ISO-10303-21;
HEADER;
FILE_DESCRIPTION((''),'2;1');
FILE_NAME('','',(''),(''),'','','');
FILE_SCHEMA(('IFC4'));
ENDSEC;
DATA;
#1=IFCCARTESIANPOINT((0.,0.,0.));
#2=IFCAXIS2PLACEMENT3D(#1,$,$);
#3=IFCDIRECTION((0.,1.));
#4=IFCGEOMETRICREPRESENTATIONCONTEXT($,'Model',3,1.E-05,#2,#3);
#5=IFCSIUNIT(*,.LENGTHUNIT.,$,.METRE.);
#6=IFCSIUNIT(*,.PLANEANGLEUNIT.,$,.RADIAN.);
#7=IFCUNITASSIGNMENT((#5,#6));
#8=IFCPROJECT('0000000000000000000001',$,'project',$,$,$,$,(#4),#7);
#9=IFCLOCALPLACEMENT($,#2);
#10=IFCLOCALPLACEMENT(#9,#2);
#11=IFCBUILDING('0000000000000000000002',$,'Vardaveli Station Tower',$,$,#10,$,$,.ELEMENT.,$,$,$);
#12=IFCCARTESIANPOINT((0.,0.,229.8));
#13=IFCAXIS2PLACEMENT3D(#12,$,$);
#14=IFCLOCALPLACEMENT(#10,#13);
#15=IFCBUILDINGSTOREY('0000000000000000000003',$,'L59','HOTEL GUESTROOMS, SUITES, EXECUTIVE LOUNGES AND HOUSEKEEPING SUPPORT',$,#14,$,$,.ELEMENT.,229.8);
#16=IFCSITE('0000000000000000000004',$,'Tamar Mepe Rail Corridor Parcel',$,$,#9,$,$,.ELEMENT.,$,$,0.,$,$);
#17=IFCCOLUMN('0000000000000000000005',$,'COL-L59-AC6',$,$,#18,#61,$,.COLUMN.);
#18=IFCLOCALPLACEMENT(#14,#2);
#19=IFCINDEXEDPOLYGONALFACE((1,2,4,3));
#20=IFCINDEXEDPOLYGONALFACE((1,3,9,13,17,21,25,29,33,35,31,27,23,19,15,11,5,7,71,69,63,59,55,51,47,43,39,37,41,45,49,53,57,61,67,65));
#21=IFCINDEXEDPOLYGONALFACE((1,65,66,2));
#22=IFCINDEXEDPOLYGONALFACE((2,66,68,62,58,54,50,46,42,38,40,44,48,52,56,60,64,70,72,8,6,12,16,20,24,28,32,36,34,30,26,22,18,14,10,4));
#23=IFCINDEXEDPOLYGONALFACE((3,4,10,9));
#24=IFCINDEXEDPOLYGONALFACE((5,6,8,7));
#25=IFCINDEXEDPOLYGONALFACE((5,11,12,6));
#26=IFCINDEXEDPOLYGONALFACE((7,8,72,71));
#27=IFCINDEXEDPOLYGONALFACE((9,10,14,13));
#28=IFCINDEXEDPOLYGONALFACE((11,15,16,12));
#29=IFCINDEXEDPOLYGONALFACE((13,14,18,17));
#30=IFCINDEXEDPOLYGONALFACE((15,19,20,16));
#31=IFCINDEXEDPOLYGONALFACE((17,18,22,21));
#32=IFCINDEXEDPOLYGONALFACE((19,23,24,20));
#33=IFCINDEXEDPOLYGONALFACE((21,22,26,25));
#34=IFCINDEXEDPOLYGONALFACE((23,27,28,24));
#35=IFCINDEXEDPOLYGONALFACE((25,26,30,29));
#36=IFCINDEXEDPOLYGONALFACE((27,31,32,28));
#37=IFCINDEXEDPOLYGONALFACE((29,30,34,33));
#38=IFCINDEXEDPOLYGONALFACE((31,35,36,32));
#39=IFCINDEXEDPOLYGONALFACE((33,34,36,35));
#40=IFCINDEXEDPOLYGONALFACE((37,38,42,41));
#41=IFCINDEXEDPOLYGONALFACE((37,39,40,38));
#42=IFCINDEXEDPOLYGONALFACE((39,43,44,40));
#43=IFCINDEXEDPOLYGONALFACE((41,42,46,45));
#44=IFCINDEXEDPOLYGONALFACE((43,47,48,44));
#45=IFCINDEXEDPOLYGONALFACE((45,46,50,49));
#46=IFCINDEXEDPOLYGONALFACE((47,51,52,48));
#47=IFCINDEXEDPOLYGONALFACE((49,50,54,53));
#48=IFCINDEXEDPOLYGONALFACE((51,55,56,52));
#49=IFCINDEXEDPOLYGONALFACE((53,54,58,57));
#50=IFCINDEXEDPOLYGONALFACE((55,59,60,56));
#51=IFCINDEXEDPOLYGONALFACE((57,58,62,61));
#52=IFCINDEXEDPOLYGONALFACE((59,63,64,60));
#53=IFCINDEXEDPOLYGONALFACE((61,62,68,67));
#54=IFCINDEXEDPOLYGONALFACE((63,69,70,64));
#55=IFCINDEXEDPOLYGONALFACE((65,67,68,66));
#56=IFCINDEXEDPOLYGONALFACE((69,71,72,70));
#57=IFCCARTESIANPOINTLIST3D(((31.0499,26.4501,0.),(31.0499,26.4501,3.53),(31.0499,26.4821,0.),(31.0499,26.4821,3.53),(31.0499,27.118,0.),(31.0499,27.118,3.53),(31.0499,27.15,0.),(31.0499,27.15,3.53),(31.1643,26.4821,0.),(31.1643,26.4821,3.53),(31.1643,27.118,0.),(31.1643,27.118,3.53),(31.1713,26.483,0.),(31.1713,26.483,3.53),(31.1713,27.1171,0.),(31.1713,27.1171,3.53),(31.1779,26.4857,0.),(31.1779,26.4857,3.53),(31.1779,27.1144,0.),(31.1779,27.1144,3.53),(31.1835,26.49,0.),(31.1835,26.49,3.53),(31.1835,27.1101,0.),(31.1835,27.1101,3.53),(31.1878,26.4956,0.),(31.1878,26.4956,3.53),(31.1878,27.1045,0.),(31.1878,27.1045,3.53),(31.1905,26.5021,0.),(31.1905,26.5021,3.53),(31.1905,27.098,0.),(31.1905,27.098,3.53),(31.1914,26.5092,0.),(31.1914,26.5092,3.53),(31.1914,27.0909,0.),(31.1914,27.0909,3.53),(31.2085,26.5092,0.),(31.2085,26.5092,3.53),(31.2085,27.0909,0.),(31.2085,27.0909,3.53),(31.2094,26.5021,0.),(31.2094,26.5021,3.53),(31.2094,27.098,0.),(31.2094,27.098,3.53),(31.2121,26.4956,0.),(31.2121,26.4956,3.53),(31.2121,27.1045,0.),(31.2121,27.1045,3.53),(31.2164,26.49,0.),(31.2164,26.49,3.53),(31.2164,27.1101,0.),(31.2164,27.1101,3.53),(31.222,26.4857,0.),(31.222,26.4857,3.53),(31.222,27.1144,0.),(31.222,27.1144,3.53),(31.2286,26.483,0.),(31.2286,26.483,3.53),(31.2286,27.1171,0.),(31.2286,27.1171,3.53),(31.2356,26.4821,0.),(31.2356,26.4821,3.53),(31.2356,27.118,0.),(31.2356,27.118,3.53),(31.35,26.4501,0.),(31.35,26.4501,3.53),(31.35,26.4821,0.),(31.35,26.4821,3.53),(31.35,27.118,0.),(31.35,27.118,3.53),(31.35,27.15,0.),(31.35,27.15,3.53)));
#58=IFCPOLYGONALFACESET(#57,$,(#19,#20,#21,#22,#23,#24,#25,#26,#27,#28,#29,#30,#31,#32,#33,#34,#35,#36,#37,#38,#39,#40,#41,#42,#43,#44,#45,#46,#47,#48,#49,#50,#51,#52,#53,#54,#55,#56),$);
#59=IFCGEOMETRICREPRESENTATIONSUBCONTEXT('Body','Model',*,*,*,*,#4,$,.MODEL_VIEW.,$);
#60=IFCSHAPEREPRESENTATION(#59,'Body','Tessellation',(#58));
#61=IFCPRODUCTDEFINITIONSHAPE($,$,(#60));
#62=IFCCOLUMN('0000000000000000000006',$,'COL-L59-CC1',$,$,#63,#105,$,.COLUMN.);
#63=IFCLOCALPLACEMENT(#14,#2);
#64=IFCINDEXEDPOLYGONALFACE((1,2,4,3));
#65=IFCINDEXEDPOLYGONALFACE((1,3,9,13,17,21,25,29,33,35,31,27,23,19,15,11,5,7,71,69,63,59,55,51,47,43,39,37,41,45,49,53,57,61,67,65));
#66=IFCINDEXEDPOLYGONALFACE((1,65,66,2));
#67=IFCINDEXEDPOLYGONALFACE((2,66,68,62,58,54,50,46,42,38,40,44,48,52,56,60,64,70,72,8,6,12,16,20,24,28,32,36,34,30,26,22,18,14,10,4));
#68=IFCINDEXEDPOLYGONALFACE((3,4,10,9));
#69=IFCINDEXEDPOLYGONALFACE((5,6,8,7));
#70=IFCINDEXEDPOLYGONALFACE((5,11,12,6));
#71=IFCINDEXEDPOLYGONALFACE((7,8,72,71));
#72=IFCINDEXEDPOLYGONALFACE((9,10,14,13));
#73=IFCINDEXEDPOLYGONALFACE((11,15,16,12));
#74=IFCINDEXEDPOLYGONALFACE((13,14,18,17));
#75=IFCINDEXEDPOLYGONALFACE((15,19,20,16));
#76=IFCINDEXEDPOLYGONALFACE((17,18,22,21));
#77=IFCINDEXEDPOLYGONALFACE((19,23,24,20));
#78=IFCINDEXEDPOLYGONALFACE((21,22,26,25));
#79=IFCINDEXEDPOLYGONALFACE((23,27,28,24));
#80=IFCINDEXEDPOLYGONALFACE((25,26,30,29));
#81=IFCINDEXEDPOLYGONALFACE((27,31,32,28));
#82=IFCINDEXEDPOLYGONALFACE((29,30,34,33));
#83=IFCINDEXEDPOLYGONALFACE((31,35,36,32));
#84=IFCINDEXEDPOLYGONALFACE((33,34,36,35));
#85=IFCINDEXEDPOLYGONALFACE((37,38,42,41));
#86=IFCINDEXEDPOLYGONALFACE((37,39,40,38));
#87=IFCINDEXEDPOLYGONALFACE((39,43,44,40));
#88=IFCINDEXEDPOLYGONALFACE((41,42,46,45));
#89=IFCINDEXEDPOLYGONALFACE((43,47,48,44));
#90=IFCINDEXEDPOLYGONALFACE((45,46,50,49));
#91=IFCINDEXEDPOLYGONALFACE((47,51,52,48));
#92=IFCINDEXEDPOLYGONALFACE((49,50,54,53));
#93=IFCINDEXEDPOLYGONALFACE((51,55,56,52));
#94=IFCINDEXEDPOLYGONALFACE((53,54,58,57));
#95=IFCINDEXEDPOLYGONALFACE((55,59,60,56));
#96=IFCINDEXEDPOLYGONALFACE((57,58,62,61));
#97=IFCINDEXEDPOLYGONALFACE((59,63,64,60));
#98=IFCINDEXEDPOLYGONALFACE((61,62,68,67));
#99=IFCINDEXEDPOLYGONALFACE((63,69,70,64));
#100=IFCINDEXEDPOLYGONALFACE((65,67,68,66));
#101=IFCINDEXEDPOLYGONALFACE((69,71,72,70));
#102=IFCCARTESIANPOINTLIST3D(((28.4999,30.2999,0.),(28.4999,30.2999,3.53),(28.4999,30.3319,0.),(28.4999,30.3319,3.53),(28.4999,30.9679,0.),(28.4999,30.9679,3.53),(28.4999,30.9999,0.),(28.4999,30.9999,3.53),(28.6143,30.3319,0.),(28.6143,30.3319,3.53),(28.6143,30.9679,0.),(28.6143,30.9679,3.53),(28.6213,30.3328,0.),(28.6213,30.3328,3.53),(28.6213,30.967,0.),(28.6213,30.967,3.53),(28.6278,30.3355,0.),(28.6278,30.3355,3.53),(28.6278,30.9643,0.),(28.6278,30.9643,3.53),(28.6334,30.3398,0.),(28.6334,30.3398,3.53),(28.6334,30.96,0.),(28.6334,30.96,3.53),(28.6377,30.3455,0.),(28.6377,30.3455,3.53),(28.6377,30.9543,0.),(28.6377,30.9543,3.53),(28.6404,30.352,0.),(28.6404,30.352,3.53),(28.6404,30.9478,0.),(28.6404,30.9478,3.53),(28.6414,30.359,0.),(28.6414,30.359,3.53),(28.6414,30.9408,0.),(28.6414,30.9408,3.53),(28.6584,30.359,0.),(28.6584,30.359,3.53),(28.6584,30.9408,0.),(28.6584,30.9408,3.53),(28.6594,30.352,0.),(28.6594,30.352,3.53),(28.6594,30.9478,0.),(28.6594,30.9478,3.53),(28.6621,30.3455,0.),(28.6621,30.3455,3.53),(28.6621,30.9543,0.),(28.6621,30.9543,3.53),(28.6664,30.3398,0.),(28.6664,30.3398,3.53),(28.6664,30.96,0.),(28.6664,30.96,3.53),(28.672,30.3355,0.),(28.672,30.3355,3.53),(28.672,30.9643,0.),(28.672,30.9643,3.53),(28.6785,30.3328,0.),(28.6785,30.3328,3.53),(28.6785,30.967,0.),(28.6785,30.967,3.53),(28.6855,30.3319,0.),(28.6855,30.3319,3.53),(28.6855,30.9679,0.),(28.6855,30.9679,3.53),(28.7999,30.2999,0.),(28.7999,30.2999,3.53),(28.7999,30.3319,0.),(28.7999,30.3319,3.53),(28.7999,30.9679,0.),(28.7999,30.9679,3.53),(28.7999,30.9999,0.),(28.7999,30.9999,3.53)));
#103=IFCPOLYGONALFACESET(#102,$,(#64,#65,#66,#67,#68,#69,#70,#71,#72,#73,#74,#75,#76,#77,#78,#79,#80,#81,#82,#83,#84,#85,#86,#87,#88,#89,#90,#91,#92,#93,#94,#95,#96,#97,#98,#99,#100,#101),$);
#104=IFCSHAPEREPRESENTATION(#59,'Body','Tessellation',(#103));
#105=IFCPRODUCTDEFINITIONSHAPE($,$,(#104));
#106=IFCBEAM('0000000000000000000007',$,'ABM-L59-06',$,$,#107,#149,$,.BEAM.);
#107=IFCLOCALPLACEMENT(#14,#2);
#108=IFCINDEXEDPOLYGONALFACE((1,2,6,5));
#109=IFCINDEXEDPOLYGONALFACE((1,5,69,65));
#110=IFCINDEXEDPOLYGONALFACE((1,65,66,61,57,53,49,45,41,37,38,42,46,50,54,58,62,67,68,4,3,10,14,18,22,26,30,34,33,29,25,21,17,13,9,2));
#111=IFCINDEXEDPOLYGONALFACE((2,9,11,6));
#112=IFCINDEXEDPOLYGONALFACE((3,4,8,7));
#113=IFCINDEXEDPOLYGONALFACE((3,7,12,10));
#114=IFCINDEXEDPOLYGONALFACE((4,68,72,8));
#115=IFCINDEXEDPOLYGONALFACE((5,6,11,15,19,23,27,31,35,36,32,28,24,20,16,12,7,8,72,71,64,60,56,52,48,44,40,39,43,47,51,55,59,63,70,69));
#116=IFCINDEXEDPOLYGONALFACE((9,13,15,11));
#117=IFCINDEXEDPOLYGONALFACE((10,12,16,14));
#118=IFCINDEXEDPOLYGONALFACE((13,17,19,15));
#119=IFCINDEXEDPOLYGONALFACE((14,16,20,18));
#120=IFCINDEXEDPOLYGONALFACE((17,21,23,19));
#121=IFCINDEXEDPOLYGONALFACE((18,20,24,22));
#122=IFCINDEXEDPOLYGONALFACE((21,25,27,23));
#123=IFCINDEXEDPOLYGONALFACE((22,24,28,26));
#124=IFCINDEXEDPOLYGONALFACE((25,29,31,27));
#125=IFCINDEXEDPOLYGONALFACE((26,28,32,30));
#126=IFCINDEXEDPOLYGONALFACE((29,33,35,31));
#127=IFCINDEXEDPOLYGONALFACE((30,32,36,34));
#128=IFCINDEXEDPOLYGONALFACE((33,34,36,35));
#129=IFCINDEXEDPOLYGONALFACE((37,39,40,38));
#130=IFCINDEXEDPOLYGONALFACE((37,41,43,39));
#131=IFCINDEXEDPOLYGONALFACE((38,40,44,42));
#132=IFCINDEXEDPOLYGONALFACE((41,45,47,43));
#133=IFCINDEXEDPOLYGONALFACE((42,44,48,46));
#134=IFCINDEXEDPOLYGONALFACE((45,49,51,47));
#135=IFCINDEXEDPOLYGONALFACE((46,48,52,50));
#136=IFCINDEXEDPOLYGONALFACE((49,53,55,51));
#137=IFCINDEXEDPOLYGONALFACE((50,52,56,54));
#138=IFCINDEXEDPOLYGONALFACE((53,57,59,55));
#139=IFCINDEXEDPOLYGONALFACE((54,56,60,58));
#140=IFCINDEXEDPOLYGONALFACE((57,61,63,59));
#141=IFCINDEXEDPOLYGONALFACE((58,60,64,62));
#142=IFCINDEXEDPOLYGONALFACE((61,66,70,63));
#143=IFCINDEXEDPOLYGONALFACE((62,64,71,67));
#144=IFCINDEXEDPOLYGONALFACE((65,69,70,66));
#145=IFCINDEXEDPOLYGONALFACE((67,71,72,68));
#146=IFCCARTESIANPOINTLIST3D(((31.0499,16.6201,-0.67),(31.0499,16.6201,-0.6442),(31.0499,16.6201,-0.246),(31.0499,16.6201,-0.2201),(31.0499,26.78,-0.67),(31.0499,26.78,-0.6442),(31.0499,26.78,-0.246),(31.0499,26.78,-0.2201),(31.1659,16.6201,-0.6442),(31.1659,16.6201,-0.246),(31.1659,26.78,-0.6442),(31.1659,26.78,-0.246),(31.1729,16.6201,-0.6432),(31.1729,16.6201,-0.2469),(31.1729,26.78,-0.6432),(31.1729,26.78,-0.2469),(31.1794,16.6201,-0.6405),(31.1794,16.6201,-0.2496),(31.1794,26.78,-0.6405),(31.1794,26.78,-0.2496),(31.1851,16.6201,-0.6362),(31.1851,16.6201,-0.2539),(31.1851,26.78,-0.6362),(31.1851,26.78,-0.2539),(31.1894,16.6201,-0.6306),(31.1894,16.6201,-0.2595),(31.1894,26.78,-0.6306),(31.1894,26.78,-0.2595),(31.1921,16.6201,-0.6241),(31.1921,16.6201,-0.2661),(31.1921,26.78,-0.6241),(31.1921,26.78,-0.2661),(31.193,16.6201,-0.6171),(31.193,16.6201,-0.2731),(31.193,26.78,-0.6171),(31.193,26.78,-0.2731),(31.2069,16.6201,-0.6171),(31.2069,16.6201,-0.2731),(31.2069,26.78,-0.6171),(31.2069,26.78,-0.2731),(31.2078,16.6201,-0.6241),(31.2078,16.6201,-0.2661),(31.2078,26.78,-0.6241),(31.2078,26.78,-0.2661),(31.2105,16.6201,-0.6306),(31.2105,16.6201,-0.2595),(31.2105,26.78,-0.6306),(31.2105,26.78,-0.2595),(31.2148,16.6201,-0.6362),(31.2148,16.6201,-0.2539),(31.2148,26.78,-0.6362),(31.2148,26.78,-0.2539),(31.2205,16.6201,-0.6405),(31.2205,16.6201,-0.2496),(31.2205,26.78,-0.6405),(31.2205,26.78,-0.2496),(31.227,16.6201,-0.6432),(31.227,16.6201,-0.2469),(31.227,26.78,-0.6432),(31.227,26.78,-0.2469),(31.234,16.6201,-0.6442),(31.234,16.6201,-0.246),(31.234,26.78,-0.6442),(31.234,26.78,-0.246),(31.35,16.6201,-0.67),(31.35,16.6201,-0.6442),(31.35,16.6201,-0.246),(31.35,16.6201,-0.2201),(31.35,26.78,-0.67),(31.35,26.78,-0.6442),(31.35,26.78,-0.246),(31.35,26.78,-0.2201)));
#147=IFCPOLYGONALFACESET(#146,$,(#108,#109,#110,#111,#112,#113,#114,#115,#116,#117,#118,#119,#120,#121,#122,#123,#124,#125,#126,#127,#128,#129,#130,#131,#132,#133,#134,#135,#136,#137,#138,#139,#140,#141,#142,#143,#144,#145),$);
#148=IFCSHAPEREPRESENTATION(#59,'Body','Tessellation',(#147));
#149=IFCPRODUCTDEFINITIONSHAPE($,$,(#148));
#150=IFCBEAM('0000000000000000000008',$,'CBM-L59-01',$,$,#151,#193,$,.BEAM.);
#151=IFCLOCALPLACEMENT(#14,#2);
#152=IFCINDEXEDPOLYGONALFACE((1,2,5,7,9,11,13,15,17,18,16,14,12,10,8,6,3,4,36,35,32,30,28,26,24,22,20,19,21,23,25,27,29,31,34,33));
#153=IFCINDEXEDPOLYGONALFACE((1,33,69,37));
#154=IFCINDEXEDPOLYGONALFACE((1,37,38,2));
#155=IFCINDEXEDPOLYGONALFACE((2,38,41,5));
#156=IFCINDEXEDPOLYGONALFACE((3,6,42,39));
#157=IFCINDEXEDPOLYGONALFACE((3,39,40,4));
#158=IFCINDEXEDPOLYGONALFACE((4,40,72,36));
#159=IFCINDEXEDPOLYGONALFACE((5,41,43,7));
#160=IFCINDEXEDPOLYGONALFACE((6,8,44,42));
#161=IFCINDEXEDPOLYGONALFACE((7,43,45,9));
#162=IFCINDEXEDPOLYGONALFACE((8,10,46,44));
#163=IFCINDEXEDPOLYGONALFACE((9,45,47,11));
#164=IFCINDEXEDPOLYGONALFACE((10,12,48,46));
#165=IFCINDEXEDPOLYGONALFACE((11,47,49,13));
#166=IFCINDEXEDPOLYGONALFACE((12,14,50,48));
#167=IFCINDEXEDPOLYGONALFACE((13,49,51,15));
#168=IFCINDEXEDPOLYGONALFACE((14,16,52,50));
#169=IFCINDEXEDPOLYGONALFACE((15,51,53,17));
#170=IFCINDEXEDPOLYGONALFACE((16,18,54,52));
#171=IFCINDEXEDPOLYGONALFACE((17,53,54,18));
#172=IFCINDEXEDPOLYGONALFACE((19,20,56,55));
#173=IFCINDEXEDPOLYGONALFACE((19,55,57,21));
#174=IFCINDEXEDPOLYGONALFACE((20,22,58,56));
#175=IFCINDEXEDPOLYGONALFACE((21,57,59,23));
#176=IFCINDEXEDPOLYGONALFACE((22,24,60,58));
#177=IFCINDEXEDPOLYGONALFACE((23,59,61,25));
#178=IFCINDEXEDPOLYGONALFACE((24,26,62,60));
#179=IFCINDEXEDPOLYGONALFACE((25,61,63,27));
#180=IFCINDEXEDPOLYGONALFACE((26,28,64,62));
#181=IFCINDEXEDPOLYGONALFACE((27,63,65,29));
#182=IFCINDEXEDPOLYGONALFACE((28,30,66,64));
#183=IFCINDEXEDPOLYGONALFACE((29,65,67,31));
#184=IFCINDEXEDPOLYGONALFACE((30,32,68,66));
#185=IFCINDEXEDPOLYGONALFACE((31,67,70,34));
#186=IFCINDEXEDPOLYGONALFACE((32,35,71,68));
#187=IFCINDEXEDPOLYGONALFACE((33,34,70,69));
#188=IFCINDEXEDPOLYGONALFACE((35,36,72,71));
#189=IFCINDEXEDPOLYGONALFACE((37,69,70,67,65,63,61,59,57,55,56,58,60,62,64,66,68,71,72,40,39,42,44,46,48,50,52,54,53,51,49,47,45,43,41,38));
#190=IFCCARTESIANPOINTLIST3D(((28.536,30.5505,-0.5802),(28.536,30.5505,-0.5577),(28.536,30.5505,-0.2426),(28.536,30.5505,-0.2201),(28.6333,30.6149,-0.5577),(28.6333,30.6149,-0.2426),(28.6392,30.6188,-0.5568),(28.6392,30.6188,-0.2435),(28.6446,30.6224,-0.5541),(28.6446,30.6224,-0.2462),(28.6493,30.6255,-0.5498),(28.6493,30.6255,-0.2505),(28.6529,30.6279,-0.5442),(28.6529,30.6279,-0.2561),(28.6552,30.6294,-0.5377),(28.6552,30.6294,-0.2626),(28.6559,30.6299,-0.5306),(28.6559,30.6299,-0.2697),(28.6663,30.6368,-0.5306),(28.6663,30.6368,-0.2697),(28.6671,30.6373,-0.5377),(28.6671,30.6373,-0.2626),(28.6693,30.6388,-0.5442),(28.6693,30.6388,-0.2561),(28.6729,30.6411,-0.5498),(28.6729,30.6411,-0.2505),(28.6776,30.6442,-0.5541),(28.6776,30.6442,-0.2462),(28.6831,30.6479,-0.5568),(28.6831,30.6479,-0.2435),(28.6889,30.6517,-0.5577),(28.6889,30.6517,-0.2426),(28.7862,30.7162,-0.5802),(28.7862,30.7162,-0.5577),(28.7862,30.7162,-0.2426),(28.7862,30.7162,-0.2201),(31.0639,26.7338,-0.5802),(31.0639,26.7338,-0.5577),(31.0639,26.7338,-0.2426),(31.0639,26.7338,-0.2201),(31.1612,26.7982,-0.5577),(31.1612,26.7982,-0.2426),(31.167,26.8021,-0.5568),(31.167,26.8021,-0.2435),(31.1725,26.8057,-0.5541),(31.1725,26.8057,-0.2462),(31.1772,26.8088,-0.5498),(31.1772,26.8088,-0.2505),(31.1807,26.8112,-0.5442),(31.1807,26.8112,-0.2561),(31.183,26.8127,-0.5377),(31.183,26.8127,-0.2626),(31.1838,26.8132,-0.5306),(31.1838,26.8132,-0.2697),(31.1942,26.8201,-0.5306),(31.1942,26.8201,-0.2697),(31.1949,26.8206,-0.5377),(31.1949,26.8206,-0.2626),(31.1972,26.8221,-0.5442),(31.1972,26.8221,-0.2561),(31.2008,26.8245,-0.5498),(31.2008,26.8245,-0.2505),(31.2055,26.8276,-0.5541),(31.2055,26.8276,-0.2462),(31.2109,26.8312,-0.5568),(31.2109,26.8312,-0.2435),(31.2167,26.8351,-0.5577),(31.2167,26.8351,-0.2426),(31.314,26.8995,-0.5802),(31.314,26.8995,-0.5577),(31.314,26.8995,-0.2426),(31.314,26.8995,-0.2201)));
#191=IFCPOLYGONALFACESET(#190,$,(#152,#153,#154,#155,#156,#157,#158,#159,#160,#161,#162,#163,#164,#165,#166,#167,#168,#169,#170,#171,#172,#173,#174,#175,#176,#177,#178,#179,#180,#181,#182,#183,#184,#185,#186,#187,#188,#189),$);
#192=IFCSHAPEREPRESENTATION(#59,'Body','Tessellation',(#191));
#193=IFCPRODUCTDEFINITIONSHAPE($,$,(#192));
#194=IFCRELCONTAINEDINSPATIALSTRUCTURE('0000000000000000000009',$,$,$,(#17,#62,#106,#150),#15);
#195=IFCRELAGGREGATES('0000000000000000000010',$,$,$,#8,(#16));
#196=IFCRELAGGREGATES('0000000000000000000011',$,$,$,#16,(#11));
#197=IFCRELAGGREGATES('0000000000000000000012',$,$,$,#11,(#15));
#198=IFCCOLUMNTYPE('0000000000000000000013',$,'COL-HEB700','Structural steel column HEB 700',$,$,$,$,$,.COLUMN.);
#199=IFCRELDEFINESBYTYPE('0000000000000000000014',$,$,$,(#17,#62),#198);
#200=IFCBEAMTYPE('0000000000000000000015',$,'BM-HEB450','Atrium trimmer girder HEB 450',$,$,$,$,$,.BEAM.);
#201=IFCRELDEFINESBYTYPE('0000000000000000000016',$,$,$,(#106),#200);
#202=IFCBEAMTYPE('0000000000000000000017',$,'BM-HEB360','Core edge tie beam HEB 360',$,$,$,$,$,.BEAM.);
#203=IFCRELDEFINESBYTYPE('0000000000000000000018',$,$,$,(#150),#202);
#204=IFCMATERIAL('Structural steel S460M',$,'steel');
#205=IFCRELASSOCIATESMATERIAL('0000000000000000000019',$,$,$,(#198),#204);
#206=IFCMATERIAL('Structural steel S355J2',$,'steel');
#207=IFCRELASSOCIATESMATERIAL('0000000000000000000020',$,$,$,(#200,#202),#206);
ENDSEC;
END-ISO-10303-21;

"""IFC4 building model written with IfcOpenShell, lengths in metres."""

from ifc_helpers import new_model, si_unit, direction, frame, origin, origin_2d, place, context, subcontext, project, spatial, i_section, extrude, source, transform, mapped, material, material_profile, profile_set, type_object, element, save


model = new_model("IFC4")

# Units and contexts
model_context = context("Model", 3, precision=1e-05, world=origin(), true_north=direction((0.0, 1.0)))
body_context = subcontext(model_context, "Body", "Model", "MODEL_VIEW")
ifc_project = project(units=[si_unit("LENGTHUNIT", "METRE"), si_unit("PLANEANGLEUNIT", "RADIAN")], contexts=[model_context])

# Site, building, storey
site_placement = place(None, origin())
site = spatial("IfcSite", under=ifc_project, at=site_placement, Name="Tamar Mepe Rail Corridor Parcel", CompositionType="ELEMENT", RefElevation=0.0)
building_placement = place(site_placement, origin())
building = spatial("IfcBuilding", under=site, at=building_placement, Name="Vardaveli Station Tower", CompositionType="ELEMENT")
storey_placement = place(building_placement, frame((0.0, 0.0, 229.8)))
storey = spatial("IfcBuildingStorey", under=building, at=storey_placement, Name="L59", Description="HOTEL GUESTROOMS, SUITES, EXECUTIVE LOUNGES AND HOUSEKEEPING SUPPORT", CompositionType="ELEMENT", Elevation=229.8)

# Columns
ifc_material_1 = material(Name="Structural steel S460M", Category="steel")
ifc_material_profile_1 = material_profile(ifc_material_1, i_section(OverallWidth=0.3, OverallDepth=0.7, WebThickness=0.0171, FlangeThickness=0.032, FilletRadius=0.0271, at=origin_2d()), Name="HEB 700")
ifc_profile_set_1 = profile_set([ifc_material_profile_1], Name="Structural steel S460M")
column_type = type_object("IfcColumnType", Name="COL-HEB700", Description="Structural steel column HEB 700", PredefinedType="COLUMN", material=ifc_profile_set_1)
shared_shape_1 = source(origin(), body_context, "Body", "SweptSolid", [
    extrude(i_section(OverallWidth=0.3, OverallDepth=0.7, WebThickness=0.0171, FlangeThickness=0.032, FilletRadius=0.0271, at=origin_2d()), origin(), (0.0, 0.0, 1.0), 3.53),
])
for number, where, z_axis, x_axis, name in (
    (1, (31.2, 26.8, 0.0), (0.0, 0.0, 1.0), (1.0, 0.0, 0.0), "COL-L59-AC6"),
    (2, (28.6499, 30.6499, 0.0), (0.0, 0.0, 1.0), (1.0, 0.0, 0.0), "COL-L59-CC1"),
):
    element("IfcColumn", number, at=place(storey_placement, frame(where, z_axis=z_axis, x_axis=x_axis)), inside=storey, type_object=column_type, Name=name, PredefinedType="COLUMN", context=body_context, shape_type="MappedRepresentation", body=[
        mapped(shared_shape_1, transform((0.0, 0.0, 0.0), scale=1.0)),
    ])

# Beams
ifc_material_2 = material(Name="Structural steel S355J2", Category="steel")
ifc_material_profile_2 = material_profile(ifc_material_2, i_section(OverallWidth=0.3, OverallDepth=0.45, WebThickness=0.0139, FlangeThickness=0.0259, FilletRadius=0.0271, at=origin_2d()), Name="HEB 450")
ifc_profile_set_2 = profile_set([ifc_material_profile_2], Name="Structural steel S355J2")
beam_type_1 = type_object("IfcBeamType", Name="BM-HEB450", Description="Atrium trimmer girder HEB 450", PredefinedType="BEAM", material=ifc_profile_set_2)
shared_shape_2 = source(origin(), body_context, "Body", "SweptSolid", [
    extrude(i_section(OverallWidth=0.3, OverallDepth=0.45, WebThickness=0.0139, FlangeThickness=0.0259, FilletRadius=0.0271, at=origin_2d()), origin(), (0.0, 0.0, 1.0), 10.1599),
])
beam_1_placement = place(storey_placement, frame((31.2, 26.78, -0.4451), z_axis=(0.0, -1.0, 0.0), x_axis=(1.0, 0.0, 0.0)))
element("IfcBeam", 3, at=beam_1_placement, inside=storey, type_object=beam_type_1, Name="ABM-L59-06", PredefinedType="BEAM", context=body_context, shape_type="MappedRepresentation", body=[
    mapped(shared_shape_2, transform((0.0, 0.0, 0.0), scale=1.0)),
])
ifc_material_profile_3 = material_profile(ifc_material_2, i_section(OverallWidth=0.3, OverallDepth=0.3601, WebThickness=0.0125, FlangeThickness=0.0225, FilletRadius=0.0271, at=origin_2d()), Name="HEB 360")
ifc_profile_set_3 = profile_set([ifc_material_profile_3], Name="Structural steel S355J2")
beam_type_2 = type_object("IfcBeamType", Name="BM-HEB360", Description="Core edge tie beam HEB 360", PredefinedType="BEAM", material=ifc_profile_set_3)
shared_shape_3 = source(origin(), body_context, "Body", "SweptSolid", [
    extrude(i_section(OverallWidth=0.3, OverallDepth=0.3601, WebThickness=0.0125, FlangeThickness=0.0225, FilletRadius=0.0271, at=origin_2d()), origin(), (0.0, 0.0, 1.0), 4.5779),
])
beam_2_placement = place(storey_placement, frame((31.189, 26.8167, -0.4001), z_axis=(-0.552187, 0.83372, 0.0), x_axis=(-0.83372, -0.552187, 0.0)))
element("IfcBeam", 4, at=beam_2_placement, inside=storey, type_object=beam_type_2, Name="CBM-L59-01", PredefinedType="BEAM", context=body_context, shape_type="MappedRepresentation", body=[
    mapped(shared_shape_3, transform((0.0, 0.0, 0.0), scale=1.0)),
])

save(model, "model.ifc")
